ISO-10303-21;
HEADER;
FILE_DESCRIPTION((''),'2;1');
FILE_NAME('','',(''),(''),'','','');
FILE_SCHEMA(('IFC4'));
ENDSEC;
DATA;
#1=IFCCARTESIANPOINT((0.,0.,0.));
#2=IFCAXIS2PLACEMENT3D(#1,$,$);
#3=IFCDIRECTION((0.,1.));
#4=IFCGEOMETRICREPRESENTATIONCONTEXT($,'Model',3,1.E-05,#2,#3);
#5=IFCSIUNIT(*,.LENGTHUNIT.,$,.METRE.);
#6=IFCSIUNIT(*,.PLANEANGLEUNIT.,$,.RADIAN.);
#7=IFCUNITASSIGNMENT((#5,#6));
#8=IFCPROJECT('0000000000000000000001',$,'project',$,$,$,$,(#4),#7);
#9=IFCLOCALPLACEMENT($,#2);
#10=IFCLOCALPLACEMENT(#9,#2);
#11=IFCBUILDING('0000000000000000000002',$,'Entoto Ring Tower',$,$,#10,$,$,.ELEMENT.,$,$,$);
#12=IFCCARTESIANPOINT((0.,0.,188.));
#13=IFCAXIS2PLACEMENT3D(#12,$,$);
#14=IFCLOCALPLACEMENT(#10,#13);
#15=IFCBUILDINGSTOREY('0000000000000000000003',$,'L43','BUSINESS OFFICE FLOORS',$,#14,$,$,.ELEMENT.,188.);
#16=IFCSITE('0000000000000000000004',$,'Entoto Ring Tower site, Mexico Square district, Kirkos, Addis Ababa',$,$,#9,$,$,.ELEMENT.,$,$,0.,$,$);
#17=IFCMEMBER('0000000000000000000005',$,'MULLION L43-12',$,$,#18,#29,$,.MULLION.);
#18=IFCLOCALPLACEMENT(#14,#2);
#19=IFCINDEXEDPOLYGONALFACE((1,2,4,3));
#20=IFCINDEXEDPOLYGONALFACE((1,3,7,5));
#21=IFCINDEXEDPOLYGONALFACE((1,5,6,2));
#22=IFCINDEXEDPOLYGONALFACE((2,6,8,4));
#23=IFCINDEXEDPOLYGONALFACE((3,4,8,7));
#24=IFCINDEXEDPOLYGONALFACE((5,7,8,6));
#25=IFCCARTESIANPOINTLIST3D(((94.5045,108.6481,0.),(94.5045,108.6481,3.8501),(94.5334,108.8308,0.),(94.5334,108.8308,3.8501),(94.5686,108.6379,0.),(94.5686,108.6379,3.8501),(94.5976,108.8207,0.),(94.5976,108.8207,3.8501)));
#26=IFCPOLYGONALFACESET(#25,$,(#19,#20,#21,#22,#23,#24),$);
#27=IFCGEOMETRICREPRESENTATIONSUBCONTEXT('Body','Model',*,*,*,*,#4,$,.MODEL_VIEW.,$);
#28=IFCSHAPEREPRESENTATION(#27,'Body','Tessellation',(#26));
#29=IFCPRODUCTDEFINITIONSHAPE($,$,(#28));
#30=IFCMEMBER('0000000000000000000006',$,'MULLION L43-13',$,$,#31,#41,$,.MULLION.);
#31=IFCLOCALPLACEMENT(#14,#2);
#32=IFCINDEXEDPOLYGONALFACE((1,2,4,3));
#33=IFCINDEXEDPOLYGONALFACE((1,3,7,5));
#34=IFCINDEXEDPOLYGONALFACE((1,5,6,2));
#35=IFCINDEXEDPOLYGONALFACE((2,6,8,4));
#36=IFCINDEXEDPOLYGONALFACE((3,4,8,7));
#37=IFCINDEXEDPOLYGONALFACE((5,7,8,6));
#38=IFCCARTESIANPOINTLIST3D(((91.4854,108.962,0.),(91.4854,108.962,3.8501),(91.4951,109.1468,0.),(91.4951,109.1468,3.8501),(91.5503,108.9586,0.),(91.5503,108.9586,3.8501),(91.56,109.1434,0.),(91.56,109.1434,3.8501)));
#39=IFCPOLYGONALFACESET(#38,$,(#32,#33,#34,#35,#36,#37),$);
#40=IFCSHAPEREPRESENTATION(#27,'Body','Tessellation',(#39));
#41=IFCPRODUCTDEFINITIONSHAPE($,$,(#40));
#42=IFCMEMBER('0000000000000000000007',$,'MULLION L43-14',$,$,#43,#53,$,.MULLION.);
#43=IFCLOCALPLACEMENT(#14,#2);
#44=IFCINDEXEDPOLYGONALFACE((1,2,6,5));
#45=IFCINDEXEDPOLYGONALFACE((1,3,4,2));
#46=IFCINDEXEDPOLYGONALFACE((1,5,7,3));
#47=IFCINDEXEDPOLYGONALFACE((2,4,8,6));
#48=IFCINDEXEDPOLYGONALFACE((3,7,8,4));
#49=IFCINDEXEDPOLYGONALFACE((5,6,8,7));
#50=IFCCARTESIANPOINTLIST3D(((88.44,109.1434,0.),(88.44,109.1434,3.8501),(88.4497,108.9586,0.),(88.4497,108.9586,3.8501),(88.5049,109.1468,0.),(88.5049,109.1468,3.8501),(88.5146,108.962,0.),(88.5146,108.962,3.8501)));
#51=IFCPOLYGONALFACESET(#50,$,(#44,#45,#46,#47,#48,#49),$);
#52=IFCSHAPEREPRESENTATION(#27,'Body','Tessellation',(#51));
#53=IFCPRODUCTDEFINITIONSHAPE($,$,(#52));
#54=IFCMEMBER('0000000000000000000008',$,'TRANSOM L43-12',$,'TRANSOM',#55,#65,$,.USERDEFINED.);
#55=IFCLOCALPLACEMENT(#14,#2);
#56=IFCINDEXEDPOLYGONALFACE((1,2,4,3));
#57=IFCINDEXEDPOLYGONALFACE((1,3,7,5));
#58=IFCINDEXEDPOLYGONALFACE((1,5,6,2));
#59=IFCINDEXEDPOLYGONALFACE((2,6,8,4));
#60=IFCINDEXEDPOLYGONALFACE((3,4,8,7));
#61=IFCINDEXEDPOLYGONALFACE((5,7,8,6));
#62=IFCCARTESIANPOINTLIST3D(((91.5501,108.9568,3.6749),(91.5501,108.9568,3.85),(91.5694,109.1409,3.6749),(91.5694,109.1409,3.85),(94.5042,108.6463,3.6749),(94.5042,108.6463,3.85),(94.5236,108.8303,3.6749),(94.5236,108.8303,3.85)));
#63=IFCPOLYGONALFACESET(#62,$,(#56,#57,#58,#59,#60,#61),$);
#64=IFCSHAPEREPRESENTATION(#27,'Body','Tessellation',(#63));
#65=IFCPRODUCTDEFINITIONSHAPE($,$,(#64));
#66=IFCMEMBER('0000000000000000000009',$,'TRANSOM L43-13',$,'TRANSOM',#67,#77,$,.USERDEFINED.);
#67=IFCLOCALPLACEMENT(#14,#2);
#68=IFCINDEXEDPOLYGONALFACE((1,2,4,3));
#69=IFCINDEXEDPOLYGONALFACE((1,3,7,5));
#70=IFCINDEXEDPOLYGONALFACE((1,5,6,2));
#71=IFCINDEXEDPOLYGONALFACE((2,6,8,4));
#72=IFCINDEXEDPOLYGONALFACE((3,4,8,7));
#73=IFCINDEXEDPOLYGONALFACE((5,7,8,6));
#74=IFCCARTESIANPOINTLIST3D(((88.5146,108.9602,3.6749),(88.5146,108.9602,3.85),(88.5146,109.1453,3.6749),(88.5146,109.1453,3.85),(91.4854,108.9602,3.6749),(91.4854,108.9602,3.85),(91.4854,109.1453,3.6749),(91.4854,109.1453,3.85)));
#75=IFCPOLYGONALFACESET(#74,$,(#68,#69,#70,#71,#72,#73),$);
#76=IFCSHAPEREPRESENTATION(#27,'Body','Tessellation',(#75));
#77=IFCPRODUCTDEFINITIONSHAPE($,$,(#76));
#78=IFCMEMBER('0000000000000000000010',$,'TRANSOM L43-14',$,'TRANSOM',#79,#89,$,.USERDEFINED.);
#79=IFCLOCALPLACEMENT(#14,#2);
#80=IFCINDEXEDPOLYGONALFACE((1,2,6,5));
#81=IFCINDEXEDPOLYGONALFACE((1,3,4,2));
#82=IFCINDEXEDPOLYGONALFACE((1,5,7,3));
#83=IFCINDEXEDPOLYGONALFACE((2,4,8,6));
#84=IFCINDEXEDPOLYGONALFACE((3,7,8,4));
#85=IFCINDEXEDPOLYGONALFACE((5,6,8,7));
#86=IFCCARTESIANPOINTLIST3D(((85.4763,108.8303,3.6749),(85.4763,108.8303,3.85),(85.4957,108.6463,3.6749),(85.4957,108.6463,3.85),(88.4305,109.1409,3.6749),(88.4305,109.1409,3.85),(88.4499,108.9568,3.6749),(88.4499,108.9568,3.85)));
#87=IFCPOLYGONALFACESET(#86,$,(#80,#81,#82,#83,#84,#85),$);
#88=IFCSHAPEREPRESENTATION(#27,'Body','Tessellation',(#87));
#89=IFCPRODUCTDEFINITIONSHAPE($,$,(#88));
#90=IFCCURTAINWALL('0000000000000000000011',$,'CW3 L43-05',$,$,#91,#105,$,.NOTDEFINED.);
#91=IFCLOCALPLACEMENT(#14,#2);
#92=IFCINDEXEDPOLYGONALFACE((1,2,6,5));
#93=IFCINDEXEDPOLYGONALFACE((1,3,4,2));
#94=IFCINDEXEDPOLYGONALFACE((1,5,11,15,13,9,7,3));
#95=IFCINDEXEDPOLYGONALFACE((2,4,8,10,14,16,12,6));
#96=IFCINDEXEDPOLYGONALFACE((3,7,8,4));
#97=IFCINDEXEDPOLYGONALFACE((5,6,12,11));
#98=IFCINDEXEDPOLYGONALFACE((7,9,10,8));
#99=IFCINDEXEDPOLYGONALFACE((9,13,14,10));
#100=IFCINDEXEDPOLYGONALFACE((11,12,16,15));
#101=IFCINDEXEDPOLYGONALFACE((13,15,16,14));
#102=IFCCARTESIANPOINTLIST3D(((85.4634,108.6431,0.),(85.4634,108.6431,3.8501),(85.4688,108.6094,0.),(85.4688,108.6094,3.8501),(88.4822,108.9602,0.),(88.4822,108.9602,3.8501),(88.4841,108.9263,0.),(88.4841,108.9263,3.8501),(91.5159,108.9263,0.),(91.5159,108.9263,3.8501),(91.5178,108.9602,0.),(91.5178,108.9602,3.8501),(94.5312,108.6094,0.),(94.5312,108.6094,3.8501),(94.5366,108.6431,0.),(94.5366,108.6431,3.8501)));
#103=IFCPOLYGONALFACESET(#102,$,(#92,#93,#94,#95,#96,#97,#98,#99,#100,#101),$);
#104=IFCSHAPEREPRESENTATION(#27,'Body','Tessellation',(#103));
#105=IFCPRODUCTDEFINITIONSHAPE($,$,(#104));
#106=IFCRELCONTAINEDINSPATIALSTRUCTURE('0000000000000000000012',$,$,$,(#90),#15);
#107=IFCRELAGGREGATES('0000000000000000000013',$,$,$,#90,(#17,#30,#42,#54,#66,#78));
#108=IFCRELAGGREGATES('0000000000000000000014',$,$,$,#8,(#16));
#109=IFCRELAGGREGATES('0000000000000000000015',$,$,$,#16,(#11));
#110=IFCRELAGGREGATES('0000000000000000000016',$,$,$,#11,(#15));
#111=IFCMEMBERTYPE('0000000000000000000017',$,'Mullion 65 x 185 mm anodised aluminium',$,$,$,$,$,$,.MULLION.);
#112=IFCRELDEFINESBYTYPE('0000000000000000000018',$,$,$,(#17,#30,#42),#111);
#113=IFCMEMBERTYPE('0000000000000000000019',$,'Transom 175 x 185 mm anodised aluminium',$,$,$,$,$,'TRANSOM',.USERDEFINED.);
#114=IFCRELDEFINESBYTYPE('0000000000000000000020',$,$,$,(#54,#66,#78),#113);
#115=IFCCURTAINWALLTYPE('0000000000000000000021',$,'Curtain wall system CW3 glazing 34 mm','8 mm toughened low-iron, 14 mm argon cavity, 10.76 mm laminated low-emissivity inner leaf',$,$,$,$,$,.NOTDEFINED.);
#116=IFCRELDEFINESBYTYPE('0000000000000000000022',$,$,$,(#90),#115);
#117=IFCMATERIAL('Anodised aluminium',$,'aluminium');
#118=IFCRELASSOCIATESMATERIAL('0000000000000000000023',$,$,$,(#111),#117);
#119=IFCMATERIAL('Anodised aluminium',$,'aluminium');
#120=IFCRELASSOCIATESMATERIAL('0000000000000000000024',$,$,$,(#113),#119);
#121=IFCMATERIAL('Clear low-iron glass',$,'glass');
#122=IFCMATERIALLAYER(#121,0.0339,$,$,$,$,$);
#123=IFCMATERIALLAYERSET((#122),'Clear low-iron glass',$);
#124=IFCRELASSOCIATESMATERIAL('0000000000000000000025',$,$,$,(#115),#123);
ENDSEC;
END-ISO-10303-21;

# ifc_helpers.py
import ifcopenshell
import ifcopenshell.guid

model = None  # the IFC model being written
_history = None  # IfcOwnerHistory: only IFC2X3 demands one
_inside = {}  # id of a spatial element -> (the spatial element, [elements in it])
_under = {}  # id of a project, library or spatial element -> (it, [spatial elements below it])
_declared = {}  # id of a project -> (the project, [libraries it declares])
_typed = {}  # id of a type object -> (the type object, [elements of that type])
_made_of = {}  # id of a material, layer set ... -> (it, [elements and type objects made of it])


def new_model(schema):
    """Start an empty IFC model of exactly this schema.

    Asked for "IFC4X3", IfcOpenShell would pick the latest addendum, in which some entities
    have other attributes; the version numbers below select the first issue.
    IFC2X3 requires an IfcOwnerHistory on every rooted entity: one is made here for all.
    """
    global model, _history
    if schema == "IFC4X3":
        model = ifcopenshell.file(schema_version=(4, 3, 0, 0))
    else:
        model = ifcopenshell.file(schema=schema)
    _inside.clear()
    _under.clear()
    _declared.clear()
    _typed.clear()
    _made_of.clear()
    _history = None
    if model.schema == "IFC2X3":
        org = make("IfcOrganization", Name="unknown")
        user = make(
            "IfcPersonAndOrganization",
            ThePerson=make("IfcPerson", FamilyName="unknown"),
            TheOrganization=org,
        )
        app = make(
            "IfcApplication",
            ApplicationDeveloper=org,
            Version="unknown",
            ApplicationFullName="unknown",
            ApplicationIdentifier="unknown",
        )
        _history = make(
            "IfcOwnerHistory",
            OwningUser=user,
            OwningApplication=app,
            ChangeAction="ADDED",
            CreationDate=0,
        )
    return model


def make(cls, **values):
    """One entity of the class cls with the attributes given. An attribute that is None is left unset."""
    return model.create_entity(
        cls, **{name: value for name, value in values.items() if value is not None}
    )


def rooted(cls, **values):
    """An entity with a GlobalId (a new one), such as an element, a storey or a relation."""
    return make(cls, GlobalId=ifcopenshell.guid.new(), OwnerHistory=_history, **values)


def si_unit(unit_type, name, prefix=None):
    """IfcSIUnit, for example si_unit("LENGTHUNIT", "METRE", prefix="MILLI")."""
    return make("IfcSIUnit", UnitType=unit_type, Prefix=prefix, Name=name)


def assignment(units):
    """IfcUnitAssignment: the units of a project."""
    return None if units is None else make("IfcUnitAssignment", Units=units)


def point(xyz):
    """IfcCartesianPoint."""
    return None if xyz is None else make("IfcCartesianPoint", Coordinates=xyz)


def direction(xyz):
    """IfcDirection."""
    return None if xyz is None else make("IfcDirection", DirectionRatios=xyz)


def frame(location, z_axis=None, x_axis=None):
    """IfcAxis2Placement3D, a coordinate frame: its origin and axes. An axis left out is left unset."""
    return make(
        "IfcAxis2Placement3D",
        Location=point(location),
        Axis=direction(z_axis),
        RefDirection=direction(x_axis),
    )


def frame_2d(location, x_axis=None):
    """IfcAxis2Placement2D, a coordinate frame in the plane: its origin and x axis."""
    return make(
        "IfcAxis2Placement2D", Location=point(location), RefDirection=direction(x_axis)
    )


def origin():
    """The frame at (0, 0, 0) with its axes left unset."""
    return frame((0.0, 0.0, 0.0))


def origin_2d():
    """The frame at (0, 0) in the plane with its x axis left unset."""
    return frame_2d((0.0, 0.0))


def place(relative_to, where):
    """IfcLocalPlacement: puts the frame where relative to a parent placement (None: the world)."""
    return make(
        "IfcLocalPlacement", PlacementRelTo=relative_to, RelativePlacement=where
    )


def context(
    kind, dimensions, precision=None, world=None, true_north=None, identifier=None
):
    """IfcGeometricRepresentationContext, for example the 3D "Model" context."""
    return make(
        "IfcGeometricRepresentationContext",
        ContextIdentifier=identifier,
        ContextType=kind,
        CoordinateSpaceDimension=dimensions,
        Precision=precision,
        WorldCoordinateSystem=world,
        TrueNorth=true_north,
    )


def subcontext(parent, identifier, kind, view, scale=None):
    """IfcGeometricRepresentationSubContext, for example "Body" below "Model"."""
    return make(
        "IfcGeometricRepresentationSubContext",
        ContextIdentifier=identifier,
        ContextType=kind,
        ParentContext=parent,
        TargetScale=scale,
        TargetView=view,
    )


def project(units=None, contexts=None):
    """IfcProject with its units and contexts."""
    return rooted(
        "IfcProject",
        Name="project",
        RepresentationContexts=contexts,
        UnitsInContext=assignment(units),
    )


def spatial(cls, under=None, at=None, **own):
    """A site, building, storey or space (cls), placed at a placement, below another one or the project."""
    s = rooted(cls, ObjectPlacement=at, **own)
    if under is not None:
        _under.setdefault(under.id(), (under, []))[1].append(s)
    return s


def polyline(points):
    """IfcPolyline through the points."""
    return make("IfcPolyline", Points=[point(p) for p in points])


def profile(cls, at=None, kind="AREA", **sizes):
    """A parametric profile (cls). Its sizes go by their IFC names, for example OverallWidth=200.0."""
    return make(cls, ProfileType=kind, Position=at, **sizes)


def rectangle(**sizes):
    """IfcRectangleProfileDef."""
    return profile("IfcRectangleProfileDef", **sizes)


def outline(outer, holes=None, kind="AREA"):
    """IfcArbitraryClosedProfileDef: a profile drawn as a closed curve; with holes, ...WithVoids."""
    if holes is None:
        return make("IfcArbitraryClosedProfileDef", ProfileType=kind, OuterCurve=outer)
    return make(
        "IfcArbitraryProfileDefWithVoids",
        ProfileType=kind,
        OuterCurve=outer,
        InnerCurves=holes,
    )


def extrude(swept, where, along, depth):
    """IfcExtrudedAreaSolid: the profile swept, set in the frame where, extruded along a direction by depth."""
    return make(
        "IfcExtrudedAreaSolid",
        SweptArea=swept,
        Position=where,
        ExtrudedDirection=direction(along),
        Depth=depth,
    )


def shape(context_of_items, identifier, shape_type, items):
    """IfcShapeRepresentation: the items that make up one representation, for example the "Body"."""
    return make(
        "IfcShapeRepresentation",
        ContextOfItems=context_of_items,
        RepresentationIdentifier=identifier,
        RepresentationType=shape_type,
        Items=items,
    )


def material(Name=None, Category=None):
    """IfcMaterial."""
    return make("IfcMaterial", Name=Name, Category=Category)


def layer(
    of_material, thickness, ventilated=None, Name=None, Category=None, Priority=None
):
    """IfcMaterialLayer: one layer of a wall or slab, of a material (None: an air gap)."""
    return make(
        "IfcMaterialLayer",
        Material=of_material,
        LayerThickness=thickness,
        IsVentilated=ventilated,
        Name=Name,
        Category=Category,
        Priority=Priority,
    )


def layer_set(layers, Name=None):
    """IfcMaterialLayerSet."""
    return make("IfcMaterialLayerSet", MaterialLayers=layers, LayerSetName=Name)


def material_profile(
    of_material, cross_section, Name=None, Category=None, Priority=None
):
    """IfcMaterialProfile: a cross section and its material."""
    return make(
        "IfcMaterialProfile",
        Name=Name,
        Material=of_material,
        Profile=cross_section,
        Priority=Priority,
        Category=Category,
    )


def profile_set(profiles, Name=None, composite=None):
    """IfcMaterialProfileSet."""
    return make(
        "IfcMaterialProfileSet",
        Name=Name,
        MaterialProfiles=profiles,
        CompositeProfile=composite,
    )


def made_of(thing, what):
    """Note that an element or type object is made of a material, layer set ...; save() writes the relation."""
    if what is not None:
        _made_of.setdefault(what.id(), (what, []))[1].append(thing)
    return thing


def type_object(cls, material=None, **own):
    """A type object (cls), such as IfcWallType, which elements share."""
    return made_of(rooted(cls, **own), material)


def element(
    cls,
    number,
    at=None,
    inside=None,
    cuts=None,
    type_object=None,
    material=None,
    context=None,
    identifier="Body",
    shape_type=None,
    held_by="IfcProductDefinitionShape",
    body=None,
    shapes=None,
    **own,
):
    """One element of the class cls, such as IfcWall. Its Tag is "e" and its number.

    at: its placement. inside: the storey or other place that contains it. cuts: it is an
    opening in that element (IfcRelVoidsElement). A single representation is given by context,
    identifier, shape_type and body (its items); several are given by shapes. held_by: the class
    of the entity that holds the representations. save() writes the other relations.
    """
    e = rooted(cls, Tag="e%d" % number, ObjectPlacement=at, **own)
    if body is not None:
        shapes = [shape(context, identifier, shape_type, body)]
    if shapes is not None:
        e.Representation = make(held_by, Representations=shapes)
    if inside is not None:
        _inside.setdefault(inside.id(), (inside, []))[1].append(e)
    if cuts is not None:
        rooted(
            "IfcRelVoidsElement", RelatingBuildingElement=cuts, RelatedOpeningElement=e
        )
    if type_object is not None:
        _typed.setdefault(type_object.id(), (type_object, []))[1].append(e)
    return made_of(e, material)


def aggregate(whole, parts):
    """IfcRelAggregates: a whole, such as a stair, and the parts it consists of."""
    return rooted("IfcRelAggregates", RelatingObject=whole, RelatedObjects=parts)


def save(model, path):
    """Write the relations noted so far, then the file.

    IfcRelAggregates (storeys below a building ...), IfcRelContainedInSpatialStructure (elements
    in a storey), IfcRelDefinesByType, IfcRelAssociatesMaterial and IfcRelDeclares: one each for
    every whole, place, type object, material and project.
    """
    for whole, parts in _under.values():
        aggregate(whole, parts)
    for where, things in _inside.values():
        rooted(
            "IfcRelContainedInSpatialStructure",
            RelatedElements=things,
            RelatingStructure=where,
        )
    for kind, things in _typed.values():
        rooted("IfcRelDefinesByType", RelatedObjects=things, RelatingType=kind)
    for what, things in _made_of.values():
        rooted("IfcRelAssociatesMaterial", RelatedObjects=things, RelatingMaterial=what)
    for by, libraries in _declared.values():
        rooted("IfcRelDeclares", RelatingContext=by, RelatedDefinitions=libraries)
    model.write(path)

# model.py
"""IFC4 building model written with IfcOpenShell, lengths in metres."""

from ifc_helpers import new_model, si_unit, direction, frame, origin, origin_2d, place, context, subcontext, project, spatial, polyline, rectangle, outline, extrude, material, layer, layer_set, material_profile, profile_set, type_object, element, aggregate, save


model = new_model("IFC4")

# Units and contexts
model_context = context("Model", 3, precision=1e-05, world=origin(), true_north=direction((0.0, 1.0)))
body_context = subcontext(model_context, "Body", "Model", "MODEL_VIEW")
ifc_project = project(units=[si_unit("LENGTHUNIT", "METRE"), si_unit("PLANEANGLEUNIT", "RADIAN")], contexts=[model_context])

# Members
ifc_material_1 = material(Name="Anodised aluminium", Category="aluminium")
ifc_material_profile_1 = material_profile(ifc_material_1, rectangle(XDim=0.0649, YDim=0.1851, at=origin_2d()), Name="Mullion 65 x 185 mm anodised aluminium")
ifc_profile_set_1 = profile_set([ifc_material_profile_1], Name="Anodised aluminium")
member_type_1 = type_object("IfcMemberType", Name="Mullion 65 x 185 mm anodised aluminium", PredefinedType="MULLION", material=ifc_profile_set_1)
site_placement = place(None, origin())
building_placement = place(site_placement, origin())
storey_placement = place(building_placement, frame((0.0, 0.0, 188.0)))
member_1_placement = place(storey_placement, frame((94.551, 108.7344, 0.0), z_axis=(0.0, 0.0, 1.0), x_axis=(-0.987688, 0.156434, 0.0)))
member_1 = element("IfcMember", 1, at=member_1_placement, type_object=member_type_1, Name="MULLION L43-12", PredefinedType="MULLION", context=body_context, shape_type="SweptSolid", body=[
    extrude(rectangle(XDim=0.0649, YDim=0.1851, at=origin_2d()), origin(), (0.0, 0.0, 1.0), 3.8501),
])
member_2_placement = place(storey_placement, frame((91.5227, 109.0527, 0.0), z_axis=(0.0, 0.0, 1.0), x_axis=(-0.99863, 0.052336, 0.0)))
member_2 = element("IfcMember", 2, at=member_2_placement, type_object=member_type_1, Name="MULLION L43-13", PredefinedType="MULLION", context=body_context, shape_type="SweptSolid", body=[
    extrude(rectangle(XDim=0.0649, YDim=0.1851, at=origin_2d()), origin(), (0.0, 0.0, 1.0), 3.8501),
])
member_3_placement = place(storey_placement, frame((88.4773, 109.0527, 0.0), z_axis=(0.0, 0.0, 1.0), x_axis=(-0.99863, -0.052336, 0.0)))
member_3 = element("IfcMember", 3, at=member_3_placement, type_object=member_type_1, Name="MULLION L43-14", PredefinedType="MULLION", context=body_context, shape_type="SweptSolid", body=[
    extrude(rectangle(XDim=0.0649, YDim=0.1851, at=origin_2d()), origin(), (0.0, 0.0, 1.0), 3.8501),
])
ifc_material_2 = material(Name="Anodised aluminium", Category="aluminium")
ifc_material_profile_2 = material_profile(ifc_material_2, rectangle(XDim=0.1851, YDim=0.175, at=origin_2d()), Name="Transom 175 x 185 mm anodised aluminium")
ifc_profile_set_2 = profile_set([ifc_material_profile_2], Name="Anodised aluminium")
member_type_2 = type_object("IfcMemberType", Name="Transom 175 x 185 mm anodised aluminium", ElementType="TRANSOM", PredefinedType="USERDEFINED", material=ifc_profile_set_2)
member_4_placement = place(storey_placement, frame((94.5139, 108.7383, 3.7625), z_axis=(-0.99452, 0.104548, 0.0), x_axis=(-0.104548, -0.99452, 0.0)))
member_4 = element("IfcMember", 4, at=member_4_placement, type_object=member_type_2, Name="TRANSOM L43-12", ObjectType="TRANSOM", PredefinedType="USERDEFINED", context=body_context, shape_type="SweptSolid", body=[
    extrude(rectangle(XDim=0.1851, YDim=0.175, at=origin_2d()), origin(), (0.0, 0.0, 1.0), 2.9705),
])
member_5_placement = place(storey_placement, frame((91.4854, 109.0527, 3.7625), z_axis=(-1.0, 0.0, 0.0), x_axis=(0.0, -1.0, 0.0)))
member_5 = element("IfcMember", 5, at=member_5_placement, type_object=member_type_2, Name="TRANSOM L43-13", ObjectType="TRANSOM", PredefinedType="USERDEFINED", context=body_context, shape_type="SweptSolid", body=[
    extrude(rectangle(XDim=0.1851, YDim=0.175, at=origin_2d()), origin(), (0.0, 0.0, 1.0), 2.9707),
])
member_6_placement = place(storey_placement, frame((88.4402, 109.0488, 3.7625), z_axis=(-0.99452, -0.104548, 0.0), x_axis=(0.104548, -0.99452, 0.0)))
member_6 = element("IfcMember", 6, at=member_6_placement, type_object=member_type_2, Name="TRANSOM L43-14", ObjectType="TRANSOM", PredefinedType="USERDEFINED", context=body_context, shape_type="SweptSolid", body=[
    extrude(rectangle(XDim=0.1851, YDim=0.175, at=origin_2d()), origin(), (0.0, 0.0, 1.0), 2.9705),
])

# Site, building, storey
site = spatial("IfcSite", under=ifc_project, at=site_placement, Name="Entoto Ring Tower site, Mexico Square district, Kirkos, Addis Ababa", CompositionType="ELEMENT", RefElevation=0.0)
building = spatial("IfcBuilding", under=site, at=building_placement, Name="Entoto Ring Tower", CompositionType="ELEMENT")
storey = spatial("IfcBuildingStorey", under=building, at=storey_placement, Name="L43", Description="BUSINESS OFFICE FLOORS", CompositionType="ELEMENT", Elevation=188.0)

# Curtain wall
ifc_material_3 = material(Name="Clear low-iron glass", Category="glass")
ifc_layer = layer(ifc_material_3, 0.0339)
ifc_layer_set = layer_set([ifc_layer], Name="Clear low-iron glass")
curtain_wall_type = type_object("IfcCurtainWallType", Name="Curtain wall system CW3 glazing 34 mm", Description="8 mm toughened low-iron, 14 mm argon cavity, 10.76 mm laminated low-emissivity inner leaf", PredefinedType="NOTDEFINED", material=ifc_layer_set)
curtain_wall_1_placement = place(storey_placement, origin())
curtain_wall_1 = element("IfcCurtainWall", 7, at=curtain_wall_1_placement, inside=storey, type_object=curtain_wall_type, Name="CW3 L43-05", PredefinedType="NOTDEFINED", context=body_context, shape_type="SweptSolid", body=[
    extrude(outline(polyline([(94.5366, 108.6431), (91.5178, 108.9602), (88.4822, 108.9602), (85.4634, 108.6431), (85.4688, 108.6094), (88.4841, 108.9263), (91.5159, 108.9263), (94.5312, 108.6094), (94.5366, 108.6431)])), origin(), (0.0, 0.0, 1.0), 3.8501),
])
aggregate(curtain_wall_1, [member_1, member_2, member_3, member_4, member_5, member_6])

save(model, "model.ifc")
